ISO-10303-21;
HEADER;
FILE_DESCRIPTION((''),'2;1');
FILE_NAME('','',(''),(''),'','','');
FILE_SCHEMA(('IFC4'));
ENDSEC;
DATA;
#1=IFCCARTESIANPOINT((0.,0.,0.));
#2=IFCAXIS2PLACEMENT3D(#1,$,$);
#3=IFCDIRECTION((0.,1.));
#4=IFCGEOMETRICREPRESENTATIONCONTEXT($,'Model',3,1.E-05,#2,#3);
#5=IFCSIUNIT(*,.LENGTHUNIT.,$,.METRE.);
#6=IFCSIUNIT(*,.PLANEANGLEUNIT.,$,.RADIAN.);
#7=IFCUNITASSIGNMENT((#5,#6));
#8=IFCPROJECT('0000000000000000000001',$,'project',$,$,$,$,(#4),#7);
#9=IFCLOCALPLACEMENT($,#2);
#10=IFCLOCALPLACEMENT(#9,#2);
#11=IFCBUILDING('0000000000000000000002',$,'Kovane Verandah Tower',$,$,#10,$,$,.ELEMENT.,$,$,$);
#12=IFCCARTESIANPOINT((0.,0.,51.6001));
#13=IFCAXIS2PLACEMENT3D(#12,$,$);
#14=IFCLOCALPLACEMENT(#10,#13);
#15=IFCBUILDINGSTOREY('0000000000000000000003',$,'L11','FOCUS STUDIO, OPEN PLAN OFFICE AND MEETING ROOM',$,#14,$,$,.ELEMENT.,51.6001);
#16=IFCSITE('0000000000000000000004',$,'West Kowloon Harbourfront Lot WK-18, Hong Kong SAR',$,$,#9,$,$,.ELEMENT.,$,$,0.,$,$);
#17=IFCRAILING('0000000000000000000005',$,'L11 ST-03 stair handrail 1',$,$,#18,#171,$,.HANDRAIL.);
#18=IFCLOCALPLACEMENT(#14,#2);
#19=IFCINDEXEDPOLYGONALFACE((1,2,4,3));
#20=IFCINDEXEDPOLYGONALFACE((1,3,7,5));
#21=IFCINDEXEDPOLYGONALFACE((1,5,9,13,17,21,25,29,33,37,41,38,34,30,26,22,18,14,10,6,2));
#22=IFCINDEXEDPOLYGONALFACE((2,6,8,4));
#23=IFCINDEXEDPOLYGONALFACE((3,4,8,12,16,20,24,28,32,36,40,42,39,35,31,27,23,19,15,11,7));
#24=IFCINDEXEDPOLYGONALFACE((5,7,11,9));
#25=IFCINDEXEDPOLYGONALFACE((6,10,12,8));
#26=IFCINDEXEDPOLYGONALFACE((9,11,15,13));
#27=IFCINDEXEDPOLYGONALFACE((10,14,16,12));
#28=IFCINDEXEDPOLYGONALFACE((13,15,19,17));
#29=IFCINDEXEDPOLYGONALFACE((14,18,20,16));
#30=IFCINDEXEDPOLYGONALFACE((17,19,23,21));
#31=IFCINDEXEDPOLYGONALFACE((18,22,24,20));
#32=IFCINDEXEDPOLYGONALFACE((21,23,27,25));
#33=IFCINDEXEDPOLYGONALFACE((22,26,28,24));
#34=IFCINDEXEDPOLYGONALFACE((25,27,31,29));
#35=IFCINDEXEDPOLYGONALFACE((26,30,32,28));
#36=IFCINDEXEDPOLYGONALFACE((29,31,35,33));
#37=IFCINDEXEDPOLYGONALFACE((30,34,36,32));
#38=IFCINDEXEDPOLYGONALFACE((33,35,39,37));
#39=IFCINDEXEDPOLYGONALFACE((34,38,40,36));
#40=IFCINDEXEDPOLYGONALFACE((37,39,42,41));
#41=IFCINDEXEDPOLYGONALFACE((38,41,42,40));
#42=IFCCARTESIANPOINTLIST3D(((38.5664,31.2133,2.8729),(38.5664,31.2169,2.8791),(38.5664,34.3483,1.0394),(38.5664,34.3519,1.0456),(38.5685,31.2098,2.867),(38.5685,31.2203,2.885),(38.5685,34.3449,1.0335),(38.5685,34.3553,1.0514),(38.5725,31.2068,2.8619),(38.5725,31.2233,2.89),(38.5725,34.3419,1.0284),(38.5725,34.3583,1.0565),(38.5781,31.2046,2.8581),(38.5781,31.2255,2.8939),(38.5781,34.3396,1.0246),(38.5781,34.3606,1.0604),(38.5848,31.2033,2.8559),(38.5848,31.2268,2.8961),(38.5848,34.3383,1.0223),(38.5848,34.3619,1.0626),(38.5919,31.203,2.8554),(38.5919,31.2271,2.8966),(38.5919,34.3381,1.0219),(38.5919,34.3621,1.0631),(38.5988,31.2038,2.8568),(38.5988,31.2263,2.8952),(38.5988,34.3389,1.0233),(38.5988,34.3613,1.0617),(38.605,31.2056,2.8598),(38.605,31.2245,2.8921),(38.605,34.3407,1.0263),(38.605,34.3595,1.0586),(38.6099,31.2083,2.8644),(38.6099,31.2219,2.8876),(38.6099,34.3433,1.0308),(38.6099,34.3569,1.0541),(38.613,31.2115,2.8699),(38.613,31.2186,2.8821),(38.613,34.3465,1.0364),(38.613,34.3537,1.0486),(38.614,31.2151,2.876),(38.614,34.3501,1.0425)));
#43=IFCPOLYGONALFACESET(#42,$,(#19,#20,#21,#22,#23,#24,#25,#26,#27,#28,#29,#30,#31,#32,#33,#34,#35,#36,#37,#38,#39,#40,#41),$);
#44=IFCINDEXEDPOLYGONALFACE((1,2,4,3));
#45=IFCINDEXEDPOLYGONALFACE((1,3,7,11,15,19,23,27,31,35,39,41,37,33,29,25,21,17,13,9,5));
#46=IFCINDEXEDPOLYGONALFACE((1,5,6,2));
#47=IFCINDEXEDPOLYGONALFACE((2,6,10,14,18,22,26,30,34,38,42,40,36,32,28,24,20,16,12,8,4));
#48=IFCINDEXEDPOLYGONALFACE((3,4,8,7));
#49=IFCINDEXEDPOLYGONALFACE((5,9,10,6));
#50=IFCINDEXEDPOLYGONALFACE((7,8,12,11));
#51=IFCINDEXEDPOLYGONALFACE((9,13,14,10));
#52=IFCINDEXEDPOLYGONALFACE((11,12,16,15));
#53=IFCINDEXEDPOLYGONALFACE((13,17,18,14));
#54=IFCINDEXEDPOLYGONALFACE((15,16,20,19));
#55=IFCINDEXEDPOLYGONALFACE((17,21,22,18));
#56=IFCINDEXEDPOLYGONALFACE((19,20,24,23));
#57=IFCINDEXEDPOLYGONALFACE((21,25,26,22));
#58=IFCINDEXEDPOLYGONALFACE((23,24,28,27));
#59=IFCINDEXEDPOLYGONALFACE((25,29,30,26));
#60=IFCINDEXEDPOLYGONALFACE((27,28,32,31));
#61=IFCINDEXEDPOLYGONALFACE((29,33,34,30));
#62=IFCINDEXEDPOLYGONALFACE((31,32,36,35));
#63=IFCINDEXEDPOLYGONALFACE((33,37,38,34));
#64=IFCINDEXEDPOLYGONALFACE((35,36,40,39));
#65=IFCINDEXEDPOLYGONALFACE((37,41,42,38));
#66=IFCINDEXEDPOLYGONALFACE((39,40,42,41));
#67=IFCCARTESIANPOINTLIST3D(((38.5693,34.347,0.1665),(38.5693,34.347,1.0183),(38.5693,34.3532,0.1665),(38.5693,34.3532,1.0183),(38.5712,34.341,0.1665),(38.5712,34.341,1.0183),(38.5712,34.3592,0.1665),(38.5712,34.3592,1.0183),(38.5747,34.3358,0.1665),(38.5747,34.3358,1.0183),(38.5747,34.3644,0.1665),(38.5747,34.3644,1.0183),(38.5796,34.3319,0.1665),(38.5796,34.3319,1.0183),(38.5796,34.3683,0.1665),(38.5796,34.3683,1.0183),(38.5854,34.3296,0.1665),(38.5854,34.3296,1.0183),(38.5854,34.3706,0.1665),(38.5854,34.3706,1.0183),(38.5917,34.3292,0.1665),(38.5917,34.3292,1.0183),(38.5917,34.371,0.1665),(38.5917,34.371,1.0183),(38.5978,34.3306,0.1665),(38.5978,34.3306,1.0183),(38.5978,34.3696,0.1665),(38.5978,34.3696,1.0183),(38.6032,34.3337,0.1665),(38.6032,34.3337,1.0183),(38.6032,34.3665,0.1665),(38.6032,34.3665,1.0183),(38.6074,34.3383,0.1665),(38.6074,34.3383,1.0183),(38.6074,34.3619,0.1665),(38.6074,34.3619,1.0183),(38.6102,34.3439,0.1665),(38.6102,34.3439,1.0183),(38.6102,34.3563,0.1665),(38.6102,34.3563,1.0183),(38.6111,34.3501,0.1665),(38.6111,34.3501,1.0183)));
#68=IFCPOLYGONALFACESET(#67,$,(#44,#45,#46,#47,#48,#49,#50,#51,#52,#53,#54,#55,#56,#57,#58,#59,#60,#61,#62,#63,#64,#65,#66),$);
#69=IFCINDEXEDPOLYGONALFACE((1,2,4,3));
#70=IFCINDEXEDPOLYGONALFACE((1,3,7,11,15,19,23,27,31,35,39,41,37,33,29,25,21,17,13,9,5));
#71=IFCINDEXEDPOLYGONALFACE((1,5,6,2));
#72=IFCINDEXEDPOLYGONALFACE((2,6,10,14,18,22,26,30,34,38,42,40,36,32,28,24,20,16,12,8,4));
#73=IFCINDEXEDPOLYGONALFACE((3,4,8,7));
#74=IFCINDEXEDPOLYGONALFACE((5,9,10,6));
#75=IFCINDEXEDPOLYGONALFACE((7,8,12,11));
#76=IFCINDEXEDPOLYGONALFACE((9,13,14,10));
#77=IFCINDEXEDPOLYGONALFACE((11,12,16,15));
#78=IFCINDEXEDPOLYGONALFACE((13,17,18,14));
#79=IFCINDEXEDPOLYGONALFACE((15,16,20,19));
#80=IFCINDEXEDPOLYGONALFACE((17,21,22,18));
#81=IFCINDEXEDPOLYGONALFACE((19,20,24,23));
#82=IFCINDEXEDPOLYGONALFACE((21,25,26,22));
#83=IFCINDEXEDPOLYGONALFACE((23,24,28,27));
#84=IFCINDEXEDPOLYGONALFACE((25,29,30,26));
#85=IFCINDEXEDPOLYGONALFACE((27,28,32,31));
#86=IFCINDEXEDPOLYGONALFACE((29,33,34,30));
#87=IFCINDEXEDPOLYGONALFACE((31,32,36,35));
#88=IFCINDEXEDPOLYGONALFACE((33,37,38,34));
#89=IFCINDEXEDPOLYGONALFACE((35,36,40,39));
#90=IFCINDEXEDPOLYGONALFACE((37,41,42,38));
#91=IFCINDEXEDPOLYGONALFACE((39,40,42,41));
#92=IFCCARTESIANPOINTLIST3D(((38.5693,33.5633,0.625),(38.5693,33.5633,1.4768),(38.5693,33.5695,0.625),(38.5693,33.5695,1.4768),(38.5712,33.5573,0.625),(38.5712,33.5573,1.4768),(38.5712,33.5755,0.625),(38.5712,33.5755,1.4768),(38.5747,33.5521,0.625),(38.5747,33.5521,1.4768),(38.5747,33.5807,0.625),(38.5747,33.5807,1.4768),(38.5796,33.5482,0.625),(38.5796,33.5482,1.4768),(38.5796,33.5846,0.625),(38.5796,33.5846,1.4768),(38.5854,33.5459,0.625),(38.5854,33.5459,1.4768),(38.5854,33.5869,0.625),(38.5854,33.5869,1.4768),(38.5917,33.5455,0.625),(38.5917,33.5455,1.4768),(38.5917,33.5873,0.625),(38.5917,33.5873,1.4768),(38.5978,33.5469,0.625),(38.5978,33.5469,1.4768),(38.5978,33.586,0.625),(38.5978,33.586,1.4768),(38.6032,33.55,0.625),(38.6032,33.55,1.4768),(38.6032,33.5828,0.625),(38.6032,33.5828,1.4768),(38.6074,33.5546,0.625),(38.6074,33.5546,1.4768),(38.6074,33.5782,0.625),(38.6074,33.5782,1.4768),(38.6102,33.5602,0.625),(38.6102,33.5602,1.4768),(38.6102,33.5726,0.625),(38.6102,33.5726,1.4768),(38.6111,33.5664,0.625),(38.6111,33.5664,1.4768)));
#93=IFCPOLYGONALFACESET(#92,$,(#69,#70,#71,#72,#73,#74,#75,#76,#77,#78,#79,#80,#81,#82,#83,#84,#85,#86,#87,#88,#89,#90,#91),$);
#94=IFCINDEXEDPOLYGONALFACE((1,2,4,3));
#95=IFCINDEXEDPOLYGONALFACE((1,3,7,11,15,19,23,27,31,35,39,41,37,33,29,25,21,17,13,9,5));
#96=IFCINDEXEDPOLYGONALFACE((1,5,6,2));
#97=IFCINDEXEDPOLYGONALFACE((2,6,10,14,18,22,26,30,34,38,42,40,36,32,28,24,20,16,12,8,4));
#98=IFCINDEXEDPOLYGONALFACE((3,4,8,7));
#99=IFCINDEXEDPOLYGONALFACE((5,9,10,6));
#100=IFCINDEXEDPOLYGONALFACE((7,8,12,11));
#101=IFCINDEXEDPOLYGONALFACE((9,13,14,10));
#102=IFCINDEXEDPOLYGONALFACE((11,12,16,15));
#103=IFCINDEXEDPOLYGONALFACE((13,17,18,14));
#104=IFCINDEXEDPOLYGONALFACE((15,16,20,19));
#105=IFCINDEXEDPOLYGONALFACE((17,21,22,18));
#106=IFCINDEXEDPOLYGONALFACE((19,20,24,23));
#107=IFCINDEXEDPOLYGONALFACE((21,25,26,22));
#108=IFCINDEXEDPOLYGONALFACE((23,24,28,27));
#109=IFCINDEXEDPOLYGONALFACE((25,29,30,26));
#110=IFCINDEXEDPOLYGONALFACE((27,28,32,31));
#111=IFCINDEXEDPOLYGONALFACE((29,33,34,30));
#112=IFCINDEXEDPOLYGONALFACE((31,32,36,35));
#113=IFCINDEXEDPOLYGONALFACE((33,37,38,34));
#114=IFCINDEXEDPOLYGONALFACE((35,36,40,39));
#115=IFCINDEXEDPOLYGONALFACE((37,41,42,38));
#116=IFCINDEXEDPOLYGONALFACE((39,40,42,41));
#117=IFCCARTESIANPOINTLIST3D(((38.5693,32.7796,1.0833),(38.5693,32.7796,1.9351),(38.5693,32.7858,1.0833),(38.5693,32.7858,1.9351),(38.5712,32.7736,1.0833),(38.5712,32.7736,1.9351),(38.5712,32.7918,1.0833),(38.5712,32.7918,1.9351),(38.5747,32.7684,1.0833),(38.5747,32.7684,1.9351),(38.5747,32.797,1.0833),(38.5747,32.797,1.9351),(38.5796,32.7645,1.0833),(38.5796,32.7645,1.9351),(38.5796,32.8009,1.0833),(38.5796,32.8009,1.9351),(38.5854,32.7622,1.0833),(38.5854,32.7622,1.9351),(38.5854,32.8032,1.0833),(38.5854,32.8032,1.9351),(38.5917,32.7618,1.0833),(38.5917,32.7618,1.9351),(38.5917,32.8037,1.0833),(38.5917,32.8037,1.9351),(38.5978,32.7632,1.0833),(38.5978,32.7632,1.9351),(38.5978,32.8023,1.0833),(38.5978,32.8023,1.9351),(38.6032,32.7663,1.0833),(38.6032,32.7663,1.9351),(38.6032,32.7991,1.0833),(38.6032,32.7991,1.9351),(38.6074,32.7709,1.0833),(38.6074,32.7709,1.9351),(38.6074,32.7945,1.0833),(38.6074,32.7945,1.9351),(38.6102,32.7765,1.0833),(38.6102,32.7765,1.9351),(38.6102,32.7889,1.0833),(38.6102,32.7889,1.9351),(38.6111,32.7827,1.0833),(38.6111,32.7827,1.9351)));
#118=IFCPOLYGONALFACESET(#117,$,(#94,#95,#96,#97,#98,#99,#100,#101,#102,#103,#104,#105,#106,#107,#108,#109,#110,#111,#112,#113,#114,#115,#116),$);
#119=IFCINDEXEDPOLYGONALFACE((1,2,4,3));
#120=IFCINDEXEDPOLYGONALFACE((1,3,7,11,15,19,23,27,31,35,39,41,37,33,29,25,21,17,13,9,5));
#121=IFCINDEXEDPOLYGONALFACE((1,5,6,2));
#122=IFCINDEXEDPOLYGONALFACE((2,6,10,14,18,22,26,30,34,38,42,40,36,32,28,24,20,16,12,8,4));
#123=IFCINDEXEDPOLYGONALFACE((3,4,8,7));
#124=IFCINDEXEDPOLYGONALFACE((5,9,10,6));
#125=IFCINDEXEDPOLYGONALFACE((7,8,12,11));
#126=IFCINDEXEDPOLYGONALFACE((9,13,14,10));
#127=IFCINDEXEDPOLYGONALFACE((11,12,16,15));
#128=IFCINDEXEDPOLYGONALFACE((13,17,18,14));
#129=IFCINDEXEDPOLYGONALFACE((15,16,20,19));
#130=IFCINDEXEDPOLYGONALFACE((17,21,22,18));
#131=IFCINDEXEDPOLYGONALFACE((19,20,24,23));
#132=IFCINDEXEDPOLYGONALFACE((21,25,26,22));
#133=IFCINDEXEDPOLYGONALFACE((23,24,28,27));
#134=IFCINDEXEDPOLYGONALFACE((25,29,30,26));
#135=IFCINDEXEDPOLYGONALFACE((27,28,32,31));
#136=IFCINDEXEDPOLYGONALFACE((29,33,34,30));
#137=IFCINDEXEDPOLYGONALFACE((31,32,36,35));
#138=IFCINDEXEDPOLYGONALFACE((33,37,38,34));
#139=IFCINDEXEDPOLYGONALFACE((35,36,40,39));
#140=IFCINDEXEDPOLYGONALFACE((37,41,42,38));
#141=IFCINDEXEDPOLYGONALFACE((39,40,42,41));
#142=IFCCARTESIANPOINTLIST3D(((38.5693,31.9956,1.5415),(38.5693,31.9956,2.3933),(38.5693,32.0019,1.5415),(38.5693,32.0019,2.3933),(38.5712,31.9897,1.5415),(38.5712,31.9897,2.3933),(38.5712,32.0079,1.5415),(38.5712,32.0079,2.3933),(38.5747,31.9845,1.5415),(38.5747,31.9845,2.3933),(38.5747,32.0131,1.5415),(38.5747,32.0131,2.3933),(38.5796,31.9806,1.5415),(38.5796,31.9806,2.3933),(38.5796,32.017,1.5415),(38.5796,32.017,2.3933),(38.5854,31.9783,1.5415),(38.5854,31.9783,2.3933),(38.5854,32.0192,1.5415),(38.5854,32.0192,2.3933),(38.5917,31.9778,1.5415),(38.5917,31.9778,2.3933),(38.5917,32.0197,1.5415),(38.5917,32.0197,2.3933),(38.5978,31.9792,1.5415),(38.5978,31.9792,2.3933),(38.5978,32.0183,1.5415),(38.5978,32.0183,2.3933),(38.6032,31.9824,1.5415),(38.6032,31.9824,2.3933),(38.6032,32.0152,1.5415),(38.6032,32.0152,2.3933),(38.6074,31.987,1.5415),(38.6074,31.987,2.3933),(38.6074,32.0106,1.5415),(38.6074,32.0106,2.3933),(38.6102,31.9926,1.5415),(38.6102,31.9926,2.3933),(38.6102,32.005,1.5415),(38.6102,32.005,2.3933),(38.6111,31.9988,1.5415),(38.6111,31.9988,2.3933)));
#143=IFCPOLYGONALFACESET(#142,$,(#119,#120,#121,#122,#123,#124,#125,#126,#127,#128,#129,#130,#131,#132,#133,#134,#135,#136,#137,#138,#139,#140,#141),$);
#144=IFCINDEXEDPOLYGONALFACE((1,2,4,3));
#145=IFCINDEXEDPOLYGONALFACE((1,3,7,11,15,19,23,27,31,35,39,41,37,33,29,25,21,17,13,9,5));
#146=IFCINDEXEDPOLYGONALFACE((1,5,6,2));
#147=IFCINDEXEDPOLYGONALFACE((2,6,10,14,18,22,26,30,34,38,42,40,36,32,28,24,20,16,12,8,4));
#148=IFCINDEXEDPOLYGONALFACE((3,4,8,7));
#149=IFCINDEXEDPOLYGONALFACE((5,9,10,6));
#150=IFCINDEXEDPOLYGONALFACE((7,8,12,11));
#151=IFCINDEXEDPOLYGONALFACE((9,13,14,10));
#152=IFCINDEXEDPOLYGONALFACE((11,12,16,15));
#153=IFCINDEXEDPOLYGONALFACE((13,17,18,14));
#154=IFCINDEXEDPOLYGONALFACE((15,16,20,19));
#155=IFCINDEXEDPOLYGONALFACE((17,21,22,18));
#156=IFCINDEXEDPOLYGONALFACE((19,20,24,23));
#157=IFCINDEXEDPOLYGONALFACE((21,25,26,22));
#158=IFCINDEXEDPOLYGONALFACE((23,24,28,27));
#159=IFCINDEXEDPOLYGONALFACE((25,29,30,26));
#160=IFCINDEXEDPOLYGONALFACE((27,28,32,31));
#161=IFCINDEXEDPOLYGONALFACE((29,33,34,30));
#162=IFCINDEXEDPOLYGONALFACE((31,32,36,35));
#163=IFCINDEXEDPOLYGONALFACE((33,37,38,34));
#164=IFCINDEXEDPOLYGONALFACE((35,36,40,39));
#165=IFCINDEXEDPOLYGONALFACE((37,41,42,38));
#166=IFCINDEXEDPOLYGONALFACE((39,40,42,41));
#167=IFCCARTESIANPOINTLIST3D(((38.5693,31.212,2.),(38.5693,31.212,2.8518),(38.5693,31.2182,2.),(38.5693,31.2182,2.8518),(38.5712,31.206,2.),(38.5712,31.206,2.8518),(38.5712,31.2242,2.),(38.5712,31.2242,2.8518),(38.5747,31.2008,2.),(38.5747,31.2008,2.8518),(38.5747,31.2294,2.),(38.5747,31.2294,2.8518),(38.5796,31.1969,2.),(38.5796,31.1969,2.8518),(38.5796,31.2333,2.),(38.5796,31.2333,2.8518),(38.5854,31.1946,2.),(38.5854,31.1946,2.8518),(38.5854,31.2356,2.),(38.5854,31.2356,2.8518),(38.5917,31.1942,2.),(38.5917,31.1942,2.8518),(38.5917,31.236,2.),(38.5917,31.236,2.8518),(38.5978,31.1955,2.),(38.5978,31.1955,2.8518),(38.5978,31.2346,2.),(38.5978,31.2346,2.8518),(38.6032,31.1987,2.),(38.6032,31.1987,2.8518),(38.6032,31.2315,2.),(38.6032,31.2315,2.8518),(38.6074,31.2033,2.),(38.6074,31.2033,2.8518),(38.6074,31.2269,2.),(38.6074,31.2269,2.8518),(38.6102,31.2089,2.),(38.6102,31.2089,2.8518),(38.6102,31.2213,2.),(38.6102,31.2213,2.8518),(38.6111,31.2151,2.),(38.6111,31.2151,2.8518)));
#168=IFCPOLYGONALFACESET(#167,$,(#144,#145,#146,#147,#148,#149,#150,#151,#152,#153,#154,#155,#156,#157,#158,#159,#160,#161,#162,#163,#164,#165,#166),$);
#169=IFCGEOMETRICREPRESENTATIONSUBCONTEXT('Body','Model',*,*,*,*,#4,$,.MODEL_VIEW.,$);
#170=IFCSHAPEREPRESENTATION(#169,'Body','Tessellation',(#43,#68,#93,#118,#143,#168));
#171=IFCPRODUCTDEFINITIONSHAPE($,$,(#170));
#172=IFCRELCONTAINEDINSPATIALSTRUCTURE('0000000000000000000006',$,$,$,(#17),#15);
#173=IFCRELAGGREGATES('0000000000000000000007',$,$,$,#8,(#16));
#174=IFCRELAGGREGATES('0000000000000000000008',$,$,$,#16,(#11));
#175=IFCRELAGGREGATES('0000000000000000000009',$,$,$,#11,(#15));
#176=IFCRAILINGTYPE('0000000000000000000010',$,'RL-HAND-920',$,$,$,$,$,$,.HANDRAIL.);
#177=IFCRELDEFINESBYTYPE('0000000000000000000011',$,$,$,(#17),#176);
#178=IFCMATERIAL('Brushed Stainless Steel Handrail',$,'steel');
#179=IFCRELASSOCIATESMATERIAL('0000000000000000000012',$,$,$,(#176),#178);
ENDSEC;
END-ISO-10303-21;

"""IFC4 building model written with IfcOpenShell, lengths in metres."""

from ifc_helpers import new_model, si_unit, direction, frame, origin, origin_2d, place, context, subcontext, project, spatial, circle, extrude, material, type_object, element, save


model = new_model("IFC4")

# Units and contexts
model_context = context("Model", 3, precision=1e-05, world=origin(), true_north=direction((0.0, 1.0)))
body_context = subcontext(model_context, "Body", "Model", "MODEL_VIEW")
ifc_project = project(units=[si_unit("LENGTHUNIT", "METRE"), si_unit("PLANEANGLEUNIT", "RADIAN")], contexts=[model_context])

# Site, building, storey
site_placement = place(None, origin())
site = spatial("IfcSite", under=ifc_project, at=site_placement, Name="West Kowloon Harbourfront Lot WK-18, Hong Kong SAR", CompositionType="ELEMENT", RefElevation=0.0)
building_placement = place(site_placement, origin())
building = spatial("IfcBuilding", under=site, at=building_placement, Name="Kovane Verandah Tower", CompositionType="ELEMENT")
storey_placement = place(building_placement, frame((0.0, 0.0, 51.6001)))
storey = spatial("IfcBuildingStorey", under=building, at=storey_placement, Name="L11", Description="FOCUS STUDIO, OPEN PLAN OFFICE AND MEETING ROOM", CompositionType="ELEMENT", Elevation=51.6001)

# Railing
ifc_material_1 = material(Name="Brushed Stainless Steel Handrail", Category="steel")
railing_type = type_object("IfcRailingType", Name="RL-HAND-920", PredefinedType="HANDRAIL", material=ifc_material_1)
railing_1_placement = place(storey_placement, frame((38.5901, 34.3501, 0.1665)))
element("IfcRailing", 1, at=railing_1_placement, inside=storey, type_object=railing_type, Name="L11 ST-03 stair handrail 1", PredefinedType="HANDRAIL", context=body_context, shape_type="SweptSolid", body=[
    extrude(circle(Radius=0.0239, at=origin_2d()), frame((0.0, 0.0, 0.876), z_axis=(0.0, -0.86321, 0.504845), x_axis=(1.0, 0.0, 0.0)), (0.0, 0.0, 1.0), 3.6318),
    extrude(circle(Radius=0.021, at=origin_2d()), origin(), (0.0, 0.0, 1.0), 0.8518),
    extrude(circle(Radius=0.021, at=origin_2d()), frame((0.0, -0.7837, 0.4585)), (0.0, 0.0, 1.0), 0.8518),
    extrude(circle(Radius=0.021, at=origin_2d()), frame((0.0, -1.5674, 0.9167)), (0.0, 0.0, 1.0), 0.8518),
    extrude(circle(Radius=0.021, at=origin_2d()), frame((0.0, -2.3513, 1.375)), (0.0, 0.0, 1.0), 0.8518),
    extrude(circle(Radius=0.021, at=origin_2d()), frame((0.0, -3.135, 1.8335)), (0.0, 0.0, 1.0), 0.8518),
])

save(model, "model.ifc")
